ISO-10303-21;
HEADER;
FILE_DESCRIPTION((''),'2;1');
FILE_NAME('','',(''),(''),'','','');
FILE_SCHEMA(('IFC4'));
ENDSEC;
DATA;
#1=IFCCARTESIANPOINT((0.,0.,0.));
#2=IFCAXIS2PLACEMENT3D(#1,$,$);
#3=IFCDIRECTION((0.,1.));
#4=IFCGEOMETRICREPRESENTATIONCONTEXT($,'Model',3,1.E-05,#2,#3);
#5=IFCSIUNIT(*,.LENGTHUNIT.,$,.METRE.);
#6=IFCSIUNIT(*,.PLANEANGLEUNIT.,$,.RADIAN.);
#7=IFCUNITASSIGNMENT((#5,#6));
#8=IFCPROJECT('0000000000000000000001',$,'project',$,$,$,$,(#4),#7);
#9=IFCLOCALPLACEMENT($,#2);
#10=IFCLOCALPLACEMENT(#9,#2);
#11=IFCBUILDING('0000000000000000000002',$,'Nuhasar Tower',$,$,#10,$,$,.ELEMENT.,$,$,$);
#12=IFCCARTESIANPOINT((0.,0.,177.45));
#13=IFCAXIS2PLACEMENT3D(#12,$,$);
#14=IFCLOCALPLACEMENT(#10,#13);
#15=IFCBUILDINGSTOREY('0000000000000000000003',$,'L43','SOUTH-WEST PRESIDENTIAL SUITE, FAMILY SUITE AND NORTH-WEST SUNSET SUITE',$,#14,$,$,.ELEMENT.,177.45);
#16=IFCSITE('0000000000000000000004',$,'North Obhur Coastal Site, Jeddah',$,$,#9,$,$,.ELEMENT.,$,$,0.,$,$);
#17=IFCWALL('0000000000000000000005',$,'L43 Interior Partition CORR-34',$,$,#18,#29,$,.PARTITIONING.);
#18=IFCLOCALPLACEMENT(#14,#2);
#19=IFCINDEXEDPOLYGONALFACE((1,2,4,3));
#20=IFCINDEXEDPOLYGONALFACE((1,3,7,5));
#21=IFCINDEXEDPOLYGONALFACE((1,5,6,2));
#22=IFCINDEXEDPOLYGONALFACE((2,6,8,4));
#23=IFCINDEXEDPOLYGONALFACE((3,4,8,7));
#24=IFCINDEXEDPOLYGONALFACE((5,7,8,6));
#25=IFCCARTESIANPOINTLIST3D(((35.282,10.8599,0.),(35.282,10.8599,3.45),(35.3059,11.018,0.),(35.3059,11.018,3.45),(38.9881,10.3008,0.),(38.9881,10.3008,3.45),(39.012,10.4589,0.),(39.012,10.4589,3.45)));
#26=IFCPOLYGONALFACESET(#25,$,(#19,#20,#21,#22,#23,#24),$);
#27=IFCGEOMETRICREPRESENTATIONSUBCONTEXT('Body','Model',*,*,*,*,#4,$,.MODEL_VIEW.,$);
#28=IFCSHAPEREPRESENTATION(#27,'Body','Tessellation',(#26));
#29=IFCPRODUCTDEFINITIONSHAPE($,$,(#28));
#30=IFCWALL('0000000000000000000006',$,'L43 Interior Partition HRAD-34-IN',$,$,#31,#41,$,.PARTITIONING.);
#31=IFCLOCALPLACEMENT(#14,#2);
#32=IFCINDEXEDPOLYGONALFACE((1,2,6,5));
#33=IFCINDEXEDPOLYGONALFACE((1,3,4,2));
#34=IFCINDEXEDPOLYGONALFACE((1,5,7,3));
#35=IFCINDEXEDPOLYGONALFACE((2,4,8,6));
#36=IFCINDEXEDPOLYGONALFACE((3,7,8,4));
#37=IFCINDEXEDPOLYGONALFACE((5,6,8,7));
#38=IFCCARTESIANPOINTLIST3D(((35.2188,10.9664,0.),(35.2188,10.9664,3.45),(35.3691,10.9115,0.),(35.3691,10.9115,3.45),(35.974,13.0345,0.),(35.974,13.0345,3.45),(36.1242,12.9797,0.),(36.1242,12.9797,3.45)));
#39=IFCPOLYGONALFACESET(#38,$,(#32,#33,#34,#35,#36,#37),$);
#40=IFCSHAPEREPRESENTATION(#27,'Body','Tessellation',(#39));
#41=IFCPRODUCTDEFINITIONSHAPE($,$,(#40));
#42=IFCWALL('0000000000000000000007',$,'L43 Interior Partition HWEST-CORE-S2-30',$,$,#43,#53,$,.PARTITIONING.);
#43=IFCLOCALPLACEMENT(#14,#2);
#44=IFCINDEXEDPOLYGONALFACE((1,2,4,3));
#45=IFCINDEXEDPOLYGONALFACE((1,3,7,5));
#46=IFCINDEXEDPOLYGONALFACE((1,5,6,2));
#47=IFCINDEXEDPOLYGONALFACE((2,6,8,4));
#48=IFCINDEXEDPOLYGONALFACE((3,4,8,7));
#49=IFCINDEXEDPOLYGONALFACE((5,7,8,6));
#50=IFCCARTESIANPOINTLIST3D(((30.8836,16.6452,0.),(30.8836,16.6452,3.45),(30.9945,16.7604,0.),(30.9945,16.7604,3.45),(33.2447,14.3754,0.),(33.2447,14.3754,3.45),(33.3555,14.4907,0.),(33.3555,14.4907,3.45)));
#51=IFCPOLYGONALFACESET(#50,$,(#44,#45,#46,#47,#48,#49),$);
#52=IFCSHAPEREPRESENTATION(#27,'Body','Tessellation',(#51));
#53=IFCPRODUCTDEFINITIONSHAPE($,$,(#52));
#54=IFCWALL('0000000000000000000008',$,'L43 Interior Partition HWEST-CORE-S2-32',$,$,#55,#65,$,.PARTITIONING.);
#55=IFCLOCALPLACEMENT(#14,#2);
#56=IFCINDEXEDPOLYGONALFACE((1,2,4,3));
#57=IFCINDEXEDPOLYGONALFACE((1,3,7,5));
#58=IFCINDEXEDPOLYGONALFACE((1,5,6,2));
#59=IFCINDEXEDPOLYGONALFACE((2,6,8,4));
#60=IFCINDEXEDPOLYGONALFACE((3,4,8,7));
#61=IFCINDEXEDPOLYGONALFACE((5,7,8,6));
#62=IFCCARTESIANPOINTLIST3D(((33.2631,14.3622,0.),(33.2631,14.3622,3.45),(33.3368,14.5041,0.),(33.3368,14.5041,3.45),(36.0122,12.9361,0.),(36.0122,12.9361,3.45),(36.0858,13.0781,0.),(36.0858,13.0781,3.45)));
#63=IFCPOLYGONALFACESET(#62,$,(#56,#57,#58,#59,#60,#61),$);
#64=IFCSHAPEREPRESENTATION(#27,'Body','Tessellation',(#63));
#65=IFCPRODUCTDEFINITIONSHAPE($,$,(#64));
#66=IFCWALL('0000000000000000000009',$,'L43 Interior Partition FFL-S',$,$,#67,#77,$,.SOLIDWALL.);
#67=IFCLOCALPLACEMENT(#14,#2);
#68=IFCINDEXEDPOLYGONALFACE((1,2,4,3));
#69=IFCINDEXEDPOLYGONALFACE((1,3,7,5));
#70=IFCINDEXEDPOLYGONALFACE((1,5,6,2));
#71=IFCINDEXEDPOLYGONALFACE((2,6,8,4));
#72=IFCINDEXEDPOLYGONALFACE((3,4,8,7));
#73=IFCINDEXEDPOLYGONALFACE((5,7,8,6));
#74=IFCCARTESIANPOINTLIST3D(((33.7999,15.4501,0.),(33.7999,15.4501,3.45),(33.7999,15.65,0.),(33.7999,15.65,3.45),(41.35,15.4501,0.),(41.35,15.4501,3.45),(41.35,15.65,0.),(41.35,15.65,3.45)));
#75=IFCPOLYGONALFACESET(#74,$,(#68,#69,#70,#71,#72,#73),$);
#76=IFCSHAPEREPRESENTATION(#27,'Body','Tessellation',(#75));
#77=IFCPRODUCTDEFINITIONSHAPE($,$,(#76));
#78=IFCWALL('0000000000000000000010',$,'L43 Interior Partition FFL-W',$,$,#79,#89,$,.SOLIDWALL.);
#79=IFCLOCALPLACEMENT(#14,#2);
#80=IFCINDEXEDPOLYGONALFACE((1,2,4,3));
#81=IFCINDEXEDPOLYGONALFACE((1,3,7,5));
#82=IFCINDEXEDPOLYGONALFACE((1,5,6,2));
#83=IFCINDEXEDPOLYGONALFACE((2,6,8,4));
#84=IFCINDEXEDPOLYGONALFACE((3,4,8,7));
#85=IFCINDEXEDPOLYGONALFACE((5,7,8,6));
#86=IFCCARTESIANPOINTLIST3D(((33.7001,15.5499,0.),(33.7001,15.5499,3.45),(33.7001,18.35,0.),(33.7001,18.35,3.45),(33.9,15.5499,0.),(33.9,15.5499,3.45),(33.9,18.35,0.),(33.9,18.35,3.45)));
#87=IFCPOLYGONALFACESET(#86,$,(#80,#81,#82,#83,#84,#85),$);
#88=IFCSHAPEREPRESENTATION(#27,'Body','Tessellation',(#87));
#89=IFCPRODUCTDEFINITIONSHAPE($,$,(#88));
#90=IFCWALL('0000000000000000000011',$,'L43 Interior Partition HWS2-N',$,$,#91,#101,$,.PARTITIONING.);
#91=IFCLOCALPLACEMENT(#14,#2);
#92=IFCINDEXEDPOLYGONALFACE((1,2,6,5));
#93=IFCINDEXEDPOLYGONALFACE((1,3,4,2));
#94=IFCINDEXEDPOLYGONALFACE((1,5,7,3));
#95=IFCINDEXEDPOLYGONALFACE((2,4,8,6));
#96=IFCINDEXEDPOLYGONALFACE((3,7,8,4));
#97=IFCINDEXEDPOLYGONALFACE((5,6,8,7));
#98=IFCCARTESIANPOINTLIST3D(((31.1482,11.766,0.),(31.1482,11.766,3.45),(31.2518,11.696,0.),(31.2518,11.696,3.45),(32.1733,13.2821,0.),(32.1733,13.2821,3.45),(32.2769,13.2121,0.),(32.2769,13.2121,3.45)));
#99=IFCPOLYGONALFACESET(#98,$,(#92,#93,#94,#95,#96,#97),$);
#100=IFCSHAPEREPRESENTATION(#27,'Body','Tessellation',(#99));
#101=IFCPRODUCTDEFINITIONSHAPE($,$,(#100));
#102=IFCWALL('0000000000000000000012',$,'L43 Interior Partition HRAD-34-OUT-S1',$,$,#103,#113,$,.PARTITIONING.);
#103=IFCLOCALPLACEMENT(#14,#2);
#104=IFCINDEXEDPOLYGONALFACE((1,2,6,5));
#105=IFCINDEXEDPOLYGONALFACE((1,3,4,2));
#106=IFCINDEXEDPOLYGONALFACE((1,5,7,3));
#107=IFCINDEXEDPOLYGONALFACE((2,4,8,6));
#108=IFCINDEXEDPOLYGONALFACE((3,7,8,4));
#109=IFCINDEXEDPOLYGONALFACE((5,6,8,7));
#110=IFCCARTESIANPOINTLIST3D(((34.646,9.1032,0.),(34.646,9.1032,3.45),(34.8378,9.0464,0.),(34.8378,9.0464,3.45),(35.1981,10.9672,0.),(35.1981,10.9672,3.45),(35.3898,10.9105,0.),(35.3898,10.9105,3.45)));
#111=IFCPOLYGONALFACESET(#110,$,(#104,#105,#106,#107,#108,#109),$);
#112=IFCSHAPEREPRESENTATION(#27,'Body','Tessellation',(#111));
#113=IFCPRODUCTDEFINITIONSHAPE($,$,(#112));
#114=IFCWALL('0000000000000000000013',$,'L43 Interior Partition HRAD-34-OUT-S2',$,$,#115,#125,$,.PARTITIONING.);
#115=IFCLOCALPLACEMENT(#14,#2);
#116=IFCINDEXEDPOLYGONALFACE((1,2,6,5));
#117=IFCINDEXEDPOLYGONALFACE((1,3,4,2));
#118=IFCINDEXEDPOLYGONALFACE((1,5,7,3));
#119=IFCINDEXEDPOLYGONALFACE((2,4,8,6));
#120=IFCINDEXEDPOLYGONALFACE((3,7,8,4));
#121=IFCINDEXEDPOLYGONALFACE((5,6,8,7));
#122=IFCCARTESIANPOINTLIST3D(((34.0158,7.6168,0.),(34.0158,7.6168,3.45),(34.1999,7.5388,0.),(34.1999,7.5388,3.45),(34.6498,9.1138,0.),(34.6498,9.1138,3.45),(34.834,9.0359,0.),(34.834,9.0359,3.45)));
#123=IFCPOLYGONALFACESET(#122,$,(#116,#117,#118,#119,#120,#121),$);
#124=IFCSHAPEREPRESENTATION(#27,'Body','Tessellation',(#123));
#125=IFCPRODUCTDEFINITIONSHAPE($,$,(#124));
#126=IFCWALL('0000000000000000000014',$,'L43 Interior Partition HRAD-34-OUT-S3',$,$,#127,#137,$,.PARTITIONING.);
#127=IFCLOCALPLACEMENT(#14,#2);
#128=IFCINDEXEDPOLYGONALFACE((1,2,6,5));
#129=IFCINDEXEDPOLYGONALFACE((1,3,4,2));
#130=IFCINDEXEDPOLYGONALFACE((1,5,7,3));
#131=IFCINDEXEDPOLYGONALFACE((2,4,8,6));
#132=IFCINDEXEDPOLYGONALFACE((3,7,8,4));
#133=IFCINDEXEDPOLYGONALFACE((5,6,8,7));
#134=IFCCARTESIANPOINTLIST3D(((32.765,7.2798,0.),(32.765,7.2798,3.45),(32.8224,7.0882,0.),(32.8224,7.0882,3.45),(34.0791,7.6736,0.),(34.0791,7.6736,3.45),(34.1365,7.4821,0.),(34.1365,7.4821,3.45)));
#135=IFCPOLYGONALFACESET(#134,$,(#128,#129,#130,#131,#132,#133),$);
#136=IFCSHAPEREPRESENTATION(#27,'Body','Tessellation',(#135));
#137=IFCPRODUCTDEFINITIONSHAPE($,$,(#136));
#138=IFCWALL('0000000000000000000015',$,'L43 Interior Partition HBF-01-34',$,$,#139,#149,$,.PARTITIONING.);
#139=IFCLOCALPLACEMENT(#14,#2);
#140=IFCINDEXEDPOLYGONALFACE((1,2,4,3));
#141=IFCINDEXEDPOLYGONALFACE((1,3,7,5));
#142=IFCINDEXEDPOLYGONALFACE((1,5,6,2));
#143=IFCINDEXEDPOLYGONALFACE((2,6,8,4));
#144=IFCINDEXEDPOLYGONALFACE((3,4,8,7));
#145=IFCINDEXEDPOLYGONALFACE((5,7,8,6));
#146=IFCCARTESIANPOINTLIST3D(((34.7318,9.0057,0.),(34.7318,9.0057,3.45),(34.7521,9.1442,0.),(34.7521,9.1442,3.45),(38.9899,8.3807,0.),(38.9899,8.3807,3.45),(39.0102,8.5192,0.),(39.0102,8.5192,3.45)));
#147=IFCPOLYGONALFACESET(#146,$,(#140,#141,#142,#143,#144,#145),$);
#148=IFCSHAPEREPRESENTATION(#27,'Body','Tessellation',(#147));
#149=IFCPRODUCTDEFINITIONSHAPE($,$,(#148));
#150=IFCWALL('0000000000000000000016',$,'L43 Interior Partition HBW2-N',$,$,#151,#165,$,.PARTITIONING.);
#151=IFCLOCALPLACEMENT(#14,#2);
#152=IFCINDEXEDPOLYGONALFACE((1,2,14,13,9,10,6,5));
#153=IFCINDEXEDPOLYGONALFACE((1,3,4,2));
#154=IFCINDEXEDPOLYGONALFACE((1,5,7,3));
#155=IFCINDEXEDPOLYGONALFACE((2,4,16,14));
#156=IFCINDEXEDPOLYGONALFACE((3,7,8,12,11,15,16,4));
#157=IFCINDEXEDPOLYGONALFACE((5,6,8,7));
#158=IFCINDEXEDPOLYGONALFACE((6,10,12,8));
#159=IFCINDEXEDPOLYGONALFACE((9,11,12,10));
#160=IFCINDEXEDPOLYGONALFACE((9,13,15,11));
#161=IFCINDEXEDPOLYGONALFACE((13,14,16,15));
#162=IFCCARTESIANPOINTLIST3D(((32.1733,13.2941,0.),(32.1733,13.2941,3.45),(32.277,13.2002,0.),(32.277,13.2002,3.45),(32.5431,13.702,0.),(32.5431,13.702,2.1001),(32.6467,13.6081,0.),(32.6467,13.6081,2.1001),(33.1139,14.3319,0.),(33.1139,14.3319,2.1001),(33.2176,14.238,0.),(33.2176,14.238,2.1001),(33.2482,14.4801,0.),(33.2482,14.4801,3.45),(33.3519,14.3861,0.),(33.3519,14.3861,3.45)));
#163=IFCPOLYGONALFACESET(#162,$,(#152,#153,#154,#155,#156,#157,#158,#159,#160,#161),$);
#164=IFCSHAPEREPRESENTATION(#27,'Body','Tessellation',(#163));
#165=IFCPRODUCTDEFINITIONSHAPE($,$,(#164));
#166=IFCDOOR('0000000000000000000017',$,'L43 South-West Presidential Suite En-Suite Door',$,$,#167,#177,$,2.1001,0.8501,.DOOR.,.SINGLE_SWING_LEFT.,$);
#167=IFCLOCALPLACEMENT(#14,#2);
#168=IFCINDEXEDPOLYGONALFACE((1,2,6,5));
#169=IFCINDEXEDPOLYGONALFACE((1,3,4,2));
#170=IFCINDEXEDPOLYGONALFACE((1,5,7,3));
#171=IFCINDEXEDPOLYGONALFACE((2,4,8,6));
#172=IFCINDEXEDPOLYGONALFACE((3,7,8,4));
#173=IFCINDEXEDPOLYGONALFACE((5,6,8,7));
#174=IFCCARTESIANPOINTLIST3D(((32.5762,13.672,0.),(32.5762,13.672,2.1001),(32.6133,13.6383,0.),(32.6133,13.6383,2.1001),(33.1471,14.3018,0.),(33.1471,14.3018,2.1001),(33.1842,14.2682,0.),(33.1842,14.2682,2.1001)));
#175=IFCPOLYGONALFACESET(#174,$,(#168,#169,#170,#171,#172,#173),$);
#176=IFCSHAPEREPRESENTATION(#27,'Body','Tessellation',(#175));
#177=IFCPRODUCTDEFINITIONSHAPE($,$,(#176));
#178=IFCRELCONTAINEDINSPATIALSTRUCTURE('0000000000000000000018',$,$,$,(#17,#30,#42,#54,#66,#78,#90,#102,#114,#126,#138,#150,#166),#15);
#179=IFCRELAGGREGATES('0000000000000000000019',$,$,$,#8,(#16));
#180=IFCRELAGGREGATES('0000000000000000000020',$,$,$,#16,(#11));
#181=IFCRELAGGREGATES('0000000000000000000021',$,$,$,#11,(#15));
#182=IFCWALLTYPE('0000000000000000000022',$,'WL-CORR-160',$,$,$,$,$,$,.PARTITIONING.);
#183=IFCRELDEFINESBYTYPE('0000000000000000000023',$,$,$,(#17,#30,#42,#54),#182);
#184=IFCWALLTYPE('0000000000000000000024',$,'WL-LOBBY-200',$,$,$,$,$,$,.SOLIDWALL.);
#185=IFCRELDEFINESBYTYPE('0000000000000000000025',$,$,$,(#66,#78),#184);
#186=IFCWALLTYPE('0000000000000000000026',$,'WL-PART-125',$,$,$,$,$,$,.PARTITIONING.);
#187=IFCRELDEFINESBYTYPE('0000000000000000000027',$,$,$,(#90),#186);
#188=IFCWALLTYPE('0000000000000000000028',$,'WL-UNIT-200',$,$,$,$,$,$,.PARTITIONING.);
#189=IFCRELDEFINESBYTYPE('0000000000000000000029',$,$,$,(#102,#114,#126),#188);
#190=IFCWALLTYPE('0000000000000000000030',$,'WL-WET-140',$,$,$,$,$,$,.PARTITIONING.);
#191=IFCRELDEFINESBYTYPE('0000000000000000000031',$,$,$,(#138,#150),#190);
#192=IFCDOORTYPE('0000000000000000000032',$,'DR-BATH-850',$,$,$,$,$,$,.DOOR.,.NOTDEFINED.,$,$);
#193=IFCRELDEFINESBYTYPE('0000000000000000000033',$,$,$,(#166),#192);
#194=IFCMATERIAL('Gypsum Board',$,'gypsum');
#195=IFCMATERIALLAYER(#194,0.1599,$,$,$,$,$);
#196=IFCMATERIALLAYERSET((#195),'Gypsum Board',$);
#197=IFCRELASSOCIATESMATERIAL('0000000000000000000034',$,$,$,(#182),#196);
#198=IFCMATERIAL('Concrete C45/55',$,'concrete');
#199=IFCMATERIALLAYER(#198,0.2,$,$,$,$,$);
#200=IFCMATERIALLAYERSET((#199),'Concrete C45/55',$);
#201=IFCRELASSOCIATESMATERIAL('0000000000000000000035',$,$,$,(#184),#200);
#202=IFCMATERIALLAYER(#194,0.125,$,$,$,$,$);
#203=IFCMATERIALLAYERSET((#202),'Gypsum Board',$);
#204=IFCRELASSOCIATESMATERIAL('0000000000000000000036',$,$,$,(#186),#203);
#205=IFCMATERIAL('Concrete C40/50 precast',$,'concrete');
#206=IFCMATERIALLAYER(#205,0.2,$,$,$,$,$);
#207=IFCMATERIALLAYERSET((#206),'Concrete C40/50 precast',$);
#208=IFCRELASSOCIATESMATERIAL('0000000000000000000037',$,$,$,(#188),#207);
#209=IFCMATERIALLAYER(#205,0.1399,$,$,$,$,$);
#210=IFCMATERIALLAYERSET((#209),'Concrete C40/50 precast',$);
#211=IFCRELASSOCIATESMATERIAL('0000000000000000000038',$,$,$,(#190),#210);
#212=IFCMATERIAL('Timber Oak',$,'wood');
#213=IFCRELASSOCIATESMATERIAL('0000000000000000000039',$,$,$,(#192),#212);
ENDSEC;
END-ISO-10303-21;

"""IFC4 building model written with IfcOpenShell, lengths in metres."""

from ifc_helpers import new_model, si_unit, direction, frame, frame_2d, origin, place, context, subcontext, project, spatial, rectangle, extrude, material, layer, layer_set, type_object, element, fill, save


model = new_model("IFC4")

# Units and contexts
model_context = context("Model", 3, precision=1e-05, world=origin(), true_north=direction((0.0, 1.0)))
body_context = subcontext(model_context, "Body", "Model", "MODEL_VIEW")
ifc_project = project(units=[si_unit("LENGTHUNIT", "METRE"), si_unit("PLANEANGLEUNIT", "RADIAN")], contexts=[model_context])

# Site, building, storey
site_placement = place(None, origin())
site = spatial("IfcSite", under=ifc_project, at=site_placement, Name="North Obhur Coastal Site, Jeddah", CompositionType="ELEMENT", RefElevation=0.0)
building_placement = place(site_placement, origin())
building = spatial("IfcBuilding", under=site, at=building_placement, Name="Nuhasar Tower", CompositionType="ELEMENT")
storey_placement = place(building_placement, frame((0.0, 0.0, 177.45)))
storey = spatial("IfcBuildingStorey", under=building, at=storey_placement, Name="L43", Description="SOUTH-WEST PRESIDENTIAL SUITE, FAMILY SUITE AND NORTH-WEST SUNSET SUITE", CompositionType="ELEMENT", Elevation=177.45)

# Walls
ifc_material_1 = material(Name="Gypsum Board", Category="gypsum")
ifc_layer_1 = layer(ifc_material_1, 0.1599)
ifc_layer_set_1 = layer_set([ifc_layer_1], Name="Gypsum Board")
wall_type_1 = type_object("IfcWallType", Name="WL-CORR-160", PredefinedType="PARTITIONING", material=ifc_layer_set_1)
wall_1_placement = place(storey_placement, frame((35.2939, 10.939, 0.0), z_axis=(0.0, 0.0, 1.0), x_axis=(0.988812, -0.149169, 0.0)))
element("IfcWall", 1, at=wall_1_placement, inside=storey, type_object=wall_type_1, Name="L43 Interior Partition CORR-34", PredefinedType="PARTITIONING", context=body_context, shape_type="SweptSolid", body=[
    extrude(rectangle(XDim=3.748, YDim=0.1599, at=frame_2d((1.874, 0.0))), origin(), (0.0, 0.0, 1.0), 3.45),
])
wall_2_placement = place(storey_placement, frame((36.0491, 13.0071, 0.0), z_axis=(0.0, 0.0, 1.0), x_axis=(-0.34298, -0.939343, 0.0)))
element("IfcWall", 2, at=wall_2_placement, inside=storey, type_object=wall_type_1, Name="L43 Interior Partition HRAD-34-IN", PredefinedType="PARTITIONING", context=body_context, shape_type="SweptSolid", body=[
    extrude(rectangle(XDim=2.2017, YDim=0.1599, at=frame_2d((1.1008, 0.0))), origin(), (0.0, 0.0, 1.0), 3.45),
])
wall_3_placement = place(storey_placement, frame((30.939, 16.7029, 0.0), z_axis=(0.0, 0.0, 1.0), x_axis=(0.720909, -0.69303, 0.0)))
element("IfcWall", 3, at=wall_3_placement, inside=storey, type_object=wall_type_1, Name="L43 Interior Partition HWEST-CORE-S2-30", PredefinedType="PARTITIONING", context=body_context, shape_type="SweptSolid", body=[
    extrude(rectangle(XDim=3.2751, YDim=0.1599, at=frame_2d((1.6377, 0.0))), origin(), (0.0, 0.0, 1.0), 3.45),
])
wall_4_placement = place(storey_placement, frame((33.3, 14.4331, 0.0), z_axis=(0.0, 0.0, 1.0), x_axis=(0.887675, -0.460471, 0.0)))
element("IfcWall", 4, at=wall_4_placement, inside=storey, type_object=wall_type_1, Name="L43 Interior Partition HWEST-CORE-S2-32", PredefinedType="PARTITIONING", context=body_context, shape_type="SweptSolid", body=[
    extrude(rectangle(XDim=3.0969, YDim=0.1599, at=frame_2d((1.5483, 0.0))), origin(), (0.0, 0.0, 1.0), 3.45),
])
ifc_material_2 = material(Name="Concrete C45/55", Category="concrete")
ifc_layer_2 = layer(ifc_material_2, 0.2)
ifc_layer_set_2 = layer_set([ifc_layer_2], Name="Concrete C45/55")
wall_type_2 = type_object("IfcWallType", Name="WL-LOBBY-200", PredefinedType="SOLIDWALL", material=ifc_layer_set_2)
wall_5_placement = place(storey_placement, frame((33.8, 15.55, 0.0), z_axis=(0.0, 0.0, 1.0), x_axis=(1.0, 0.0, 0.0)))
element("IfcWall", 5, at=wall_5_placement, inside=storey, type_object=wall_type_2, Name="L43 Interior Partition FFL-S", PredefinedType="SOLIDWALL", context=body_context, shape_type="SweptSolid", body=[
    extrude(rectangle(XDim=7.55, YDim=0.2, at=frame_2d((3.7749, 0.0))), origin(), (0.0, 0.0, 1.0), 3.45),
])
wall_6_placement = place(storey_placement, frame((33.8, 15.55, 0.0), z_axis=(0.0, 0.0, 1.0), x_axis=(0.0, 1.0, 0.0)))
element("IfcWall", 6, at=wall_6_placement, inside=storey, type_object=wall_type_2, Name="L43 Interior Partition FFL-W", PredefinedType="SOLIDWALL", context=body_context, shape_type="SweptSolid", body=[
    extrude(rectangle(XDim=2.8, YDim=0.2, at=frame_2d((1.3999, 0.0))), origin(), (0.0, 0.0, 1.0), 3.45),
])
ifc_layer_3 = layer(ifc_material_1, 0.125)
ifc_layer_set_3 = layer_set([ifc_layer_3], Name="Gypsum Board")
wall_type_3 = type_object("IfcWallType", Name="WL-PART-125", PredefinedType="PARTITIONING", material=ifc_layer_set_3)
wall_7_placement = place(storey_placement, frame((32.2251, 13.2471, 0.0), z_axis=(0.0, 0.0, 1.0), x_axis=(-0.560137, -0.8284, 0.0)))
element("IfcWall", 7, at=wall_7_placement, inside=storey, type_object=wall_type_3, Name="L43 Interior Partition HWS2-N", PredefinedType="PARTITIONING", context=body_context, shape_type="SweptSolid", body=[
    extrude(rectangle(XDim=1.8301, YDim=0.125, at=frame_2d((0.915, 0.0))), origin(), (0.0, 0.0, 1.0), 3.45),
])
ifc_material_3 = material(Name="Concrete C40/50 precast", Category="concrete")
ifc_layer_4 = layer(ifc_material_3, 0.2)
ifc_layer_set_4 = layer_set([ifc_layer_4], Name="Concrete C40/50 precast")
wall_type_4 = type_object("IfcWallType", Name="WL-UNIT-200", PredefinedType="PARTITIONING", material=ifc_layer_set_4)
wall_8_placement = place(storey_placement, frame((35.2939, 10.939, 0.0), z_axis=(0.0, 0.0, 1.0), x_axis=(-0.283947, -0.95884, 0.0)))
element("IfcWall", 8, at=wall_8_placement, inside=storey, type_object=wall_type_4, Name="L43 Interior Partition HRAD-34-OUT-S1", PredefinedType="PARTITIONING", context=body_context, shape_type="SweptSolid", body=[
    extrude(rectangle(XDim=1.9441, YDim=0.2, at=frame_2d((0.9722, 0.0))), origin(), (0.0, 0.0, 1.0), 3.45),
])
wall_9_placement = place(storey_placement, frame((34.7419, 9.075, 0.0), z_axis=(0.0, 0.0, 1.0), x_axis=(-0.389983, -0.920822, 0.0)))
element("IfcWall", 9, at=wall_9_placement, inside=storey, type_object=wall_type_4, Name="L43 Interior Partition HRAD-34-OUT-S2", PredefinedType="PARTITIONING", context=body_context, shape_type="SweptSolid", body=[
    extrude(rectangle(XDim=1.6257, YDim=0.2, at=frame_2d((0.813, 0.0))), origin(), (0.0, 0.0, 1.0), 3.45),
])
wall_10_placement = place(storey_placement, frame((34.1079, 7.5779, 0.0), z_axis=(0.0, 0.0, 1.0), x_axis=(-0.957905, -0.287087, 0.0)))
element("IfcWall", 10, at=wall_10_placement, inside=storey, type_object=wall_type_4, Name="L43 Interior Partition HRAD-34-OUT-S3", PredefinedType="PARTITIONING", context=body_context, shape_type="SweptSolid", body=[
    extrude(rectangle(XDim=1.3718, YDim=0.2, at=frame_2d((0.686, 0.0))), origin(), (0.0, 0.0, 1.0), 3.45),
])
ifc_layer_5 = layer(ifc_material_3, 0.1399)
ifc_layer_set_5 = layer_set([ifc_layer_5], Name="Concrete C40/50 precast")
wall_type_5 = type_object("IfcWallType", Name="WL-WET-140", PredefinedType="PARTITIONING", material=ifc_layer_set_5)
wall_11_placement = place(storey_placement, frame((34.7419, 9.075, 0.0), z_axis=(0.0, 0.0, 1.0), x_axis=(0.989399, -0.145225, 0.0)))
element("IfcWall", 11, at=wall_11_placement, inside=storey, type_object=wall_type_5, Name="L43 Interior Partition HBF-01-34", PredefinedType="PARTITIONING", context=body_context, shape_type="SweptSolid", body=[
    extrude(rectangle(XDim=4.3037, YDim=0.1399, at=frame_2d((2.1519, 0.0))), origin(), (0.0, 0.0, 1.0), 3.45),
])

# Wall, opening, door
wall_12_placement = place(storey_placement, frame((33.3, 14.4331, 0.0), z_axis=(0.0, 0.0, 1.0), x_axis=(-0.671556, -0.740954, 0.0)))
wall_12 = element("IfcWall", 12, at=wall_12_placement, inside=storey, type_object=wall_type_5, Name="L43 Interior Partition HBW2-N", PredefinedType="PARTITIONING", context=body_context, shape_type="SweptSolid", body=[
    extrude(rectangle(XDim=1.6006, YDim=0.1399, at=frame_2d((0.8003, 0.0))), origin(), (0.0, 0.0, 1.0), 3.45),
])
opening_placement = place(wall_12_placement, frame((0.2, 0.0, 0.0)))
opening = element("IfcOpeningElement", 13, at=opening_placement, cuts=wall_12, PredefinedType="OPENING", context=body_context, shape_type="SweptSolid", body=[
    extrude(rectangle(XDim=0.8501, YDim=2.1001, at=frame_2d((0.425, 1.05))), frame((0.0, 0.0801, 0.0), z_axis=(0.0, -1.0, 0.0), x_axis=(1.0, 0.0, 0.0)), (0.0, 0.0, 1.0), 0.1599),
])
ifc_material_4 = material(Name="Timber Oak", Category="wood")
door_type = type_object("IfcDoorType", Name="DR-BATH-850", OperationType="NOTDEFINED", PredefinedType="DOOR", material=ifc_material_4)
door_placement = place(opening_placement, origin())
door = element("IfcDoor", 14, at=door_placement, inside=storey, type_object=door_type, Name="L43 South-West Presidential Suite En-Suite Door", OperationType="SINGLE_SWING_LEFT", OverallHeight=2.1001, OverallWidth=0.8501, PredefinedType="DOOR", context=body_context, shape_type="SweptSolid", body=[
    extrude(rectangle(XDim=0.8501, YDim=2.1001, at=frame_2d((0.425, 1.05))), frame((0.0, 0.0249, 0.0), z_axis=(0.0, -1.0, 0.0), x_axis=(1.0, 0.0, 0.0)), (0.0, 0.0, 1.0), 0.05),
])
fill(opening, door)

save(model, "model.ifc")
